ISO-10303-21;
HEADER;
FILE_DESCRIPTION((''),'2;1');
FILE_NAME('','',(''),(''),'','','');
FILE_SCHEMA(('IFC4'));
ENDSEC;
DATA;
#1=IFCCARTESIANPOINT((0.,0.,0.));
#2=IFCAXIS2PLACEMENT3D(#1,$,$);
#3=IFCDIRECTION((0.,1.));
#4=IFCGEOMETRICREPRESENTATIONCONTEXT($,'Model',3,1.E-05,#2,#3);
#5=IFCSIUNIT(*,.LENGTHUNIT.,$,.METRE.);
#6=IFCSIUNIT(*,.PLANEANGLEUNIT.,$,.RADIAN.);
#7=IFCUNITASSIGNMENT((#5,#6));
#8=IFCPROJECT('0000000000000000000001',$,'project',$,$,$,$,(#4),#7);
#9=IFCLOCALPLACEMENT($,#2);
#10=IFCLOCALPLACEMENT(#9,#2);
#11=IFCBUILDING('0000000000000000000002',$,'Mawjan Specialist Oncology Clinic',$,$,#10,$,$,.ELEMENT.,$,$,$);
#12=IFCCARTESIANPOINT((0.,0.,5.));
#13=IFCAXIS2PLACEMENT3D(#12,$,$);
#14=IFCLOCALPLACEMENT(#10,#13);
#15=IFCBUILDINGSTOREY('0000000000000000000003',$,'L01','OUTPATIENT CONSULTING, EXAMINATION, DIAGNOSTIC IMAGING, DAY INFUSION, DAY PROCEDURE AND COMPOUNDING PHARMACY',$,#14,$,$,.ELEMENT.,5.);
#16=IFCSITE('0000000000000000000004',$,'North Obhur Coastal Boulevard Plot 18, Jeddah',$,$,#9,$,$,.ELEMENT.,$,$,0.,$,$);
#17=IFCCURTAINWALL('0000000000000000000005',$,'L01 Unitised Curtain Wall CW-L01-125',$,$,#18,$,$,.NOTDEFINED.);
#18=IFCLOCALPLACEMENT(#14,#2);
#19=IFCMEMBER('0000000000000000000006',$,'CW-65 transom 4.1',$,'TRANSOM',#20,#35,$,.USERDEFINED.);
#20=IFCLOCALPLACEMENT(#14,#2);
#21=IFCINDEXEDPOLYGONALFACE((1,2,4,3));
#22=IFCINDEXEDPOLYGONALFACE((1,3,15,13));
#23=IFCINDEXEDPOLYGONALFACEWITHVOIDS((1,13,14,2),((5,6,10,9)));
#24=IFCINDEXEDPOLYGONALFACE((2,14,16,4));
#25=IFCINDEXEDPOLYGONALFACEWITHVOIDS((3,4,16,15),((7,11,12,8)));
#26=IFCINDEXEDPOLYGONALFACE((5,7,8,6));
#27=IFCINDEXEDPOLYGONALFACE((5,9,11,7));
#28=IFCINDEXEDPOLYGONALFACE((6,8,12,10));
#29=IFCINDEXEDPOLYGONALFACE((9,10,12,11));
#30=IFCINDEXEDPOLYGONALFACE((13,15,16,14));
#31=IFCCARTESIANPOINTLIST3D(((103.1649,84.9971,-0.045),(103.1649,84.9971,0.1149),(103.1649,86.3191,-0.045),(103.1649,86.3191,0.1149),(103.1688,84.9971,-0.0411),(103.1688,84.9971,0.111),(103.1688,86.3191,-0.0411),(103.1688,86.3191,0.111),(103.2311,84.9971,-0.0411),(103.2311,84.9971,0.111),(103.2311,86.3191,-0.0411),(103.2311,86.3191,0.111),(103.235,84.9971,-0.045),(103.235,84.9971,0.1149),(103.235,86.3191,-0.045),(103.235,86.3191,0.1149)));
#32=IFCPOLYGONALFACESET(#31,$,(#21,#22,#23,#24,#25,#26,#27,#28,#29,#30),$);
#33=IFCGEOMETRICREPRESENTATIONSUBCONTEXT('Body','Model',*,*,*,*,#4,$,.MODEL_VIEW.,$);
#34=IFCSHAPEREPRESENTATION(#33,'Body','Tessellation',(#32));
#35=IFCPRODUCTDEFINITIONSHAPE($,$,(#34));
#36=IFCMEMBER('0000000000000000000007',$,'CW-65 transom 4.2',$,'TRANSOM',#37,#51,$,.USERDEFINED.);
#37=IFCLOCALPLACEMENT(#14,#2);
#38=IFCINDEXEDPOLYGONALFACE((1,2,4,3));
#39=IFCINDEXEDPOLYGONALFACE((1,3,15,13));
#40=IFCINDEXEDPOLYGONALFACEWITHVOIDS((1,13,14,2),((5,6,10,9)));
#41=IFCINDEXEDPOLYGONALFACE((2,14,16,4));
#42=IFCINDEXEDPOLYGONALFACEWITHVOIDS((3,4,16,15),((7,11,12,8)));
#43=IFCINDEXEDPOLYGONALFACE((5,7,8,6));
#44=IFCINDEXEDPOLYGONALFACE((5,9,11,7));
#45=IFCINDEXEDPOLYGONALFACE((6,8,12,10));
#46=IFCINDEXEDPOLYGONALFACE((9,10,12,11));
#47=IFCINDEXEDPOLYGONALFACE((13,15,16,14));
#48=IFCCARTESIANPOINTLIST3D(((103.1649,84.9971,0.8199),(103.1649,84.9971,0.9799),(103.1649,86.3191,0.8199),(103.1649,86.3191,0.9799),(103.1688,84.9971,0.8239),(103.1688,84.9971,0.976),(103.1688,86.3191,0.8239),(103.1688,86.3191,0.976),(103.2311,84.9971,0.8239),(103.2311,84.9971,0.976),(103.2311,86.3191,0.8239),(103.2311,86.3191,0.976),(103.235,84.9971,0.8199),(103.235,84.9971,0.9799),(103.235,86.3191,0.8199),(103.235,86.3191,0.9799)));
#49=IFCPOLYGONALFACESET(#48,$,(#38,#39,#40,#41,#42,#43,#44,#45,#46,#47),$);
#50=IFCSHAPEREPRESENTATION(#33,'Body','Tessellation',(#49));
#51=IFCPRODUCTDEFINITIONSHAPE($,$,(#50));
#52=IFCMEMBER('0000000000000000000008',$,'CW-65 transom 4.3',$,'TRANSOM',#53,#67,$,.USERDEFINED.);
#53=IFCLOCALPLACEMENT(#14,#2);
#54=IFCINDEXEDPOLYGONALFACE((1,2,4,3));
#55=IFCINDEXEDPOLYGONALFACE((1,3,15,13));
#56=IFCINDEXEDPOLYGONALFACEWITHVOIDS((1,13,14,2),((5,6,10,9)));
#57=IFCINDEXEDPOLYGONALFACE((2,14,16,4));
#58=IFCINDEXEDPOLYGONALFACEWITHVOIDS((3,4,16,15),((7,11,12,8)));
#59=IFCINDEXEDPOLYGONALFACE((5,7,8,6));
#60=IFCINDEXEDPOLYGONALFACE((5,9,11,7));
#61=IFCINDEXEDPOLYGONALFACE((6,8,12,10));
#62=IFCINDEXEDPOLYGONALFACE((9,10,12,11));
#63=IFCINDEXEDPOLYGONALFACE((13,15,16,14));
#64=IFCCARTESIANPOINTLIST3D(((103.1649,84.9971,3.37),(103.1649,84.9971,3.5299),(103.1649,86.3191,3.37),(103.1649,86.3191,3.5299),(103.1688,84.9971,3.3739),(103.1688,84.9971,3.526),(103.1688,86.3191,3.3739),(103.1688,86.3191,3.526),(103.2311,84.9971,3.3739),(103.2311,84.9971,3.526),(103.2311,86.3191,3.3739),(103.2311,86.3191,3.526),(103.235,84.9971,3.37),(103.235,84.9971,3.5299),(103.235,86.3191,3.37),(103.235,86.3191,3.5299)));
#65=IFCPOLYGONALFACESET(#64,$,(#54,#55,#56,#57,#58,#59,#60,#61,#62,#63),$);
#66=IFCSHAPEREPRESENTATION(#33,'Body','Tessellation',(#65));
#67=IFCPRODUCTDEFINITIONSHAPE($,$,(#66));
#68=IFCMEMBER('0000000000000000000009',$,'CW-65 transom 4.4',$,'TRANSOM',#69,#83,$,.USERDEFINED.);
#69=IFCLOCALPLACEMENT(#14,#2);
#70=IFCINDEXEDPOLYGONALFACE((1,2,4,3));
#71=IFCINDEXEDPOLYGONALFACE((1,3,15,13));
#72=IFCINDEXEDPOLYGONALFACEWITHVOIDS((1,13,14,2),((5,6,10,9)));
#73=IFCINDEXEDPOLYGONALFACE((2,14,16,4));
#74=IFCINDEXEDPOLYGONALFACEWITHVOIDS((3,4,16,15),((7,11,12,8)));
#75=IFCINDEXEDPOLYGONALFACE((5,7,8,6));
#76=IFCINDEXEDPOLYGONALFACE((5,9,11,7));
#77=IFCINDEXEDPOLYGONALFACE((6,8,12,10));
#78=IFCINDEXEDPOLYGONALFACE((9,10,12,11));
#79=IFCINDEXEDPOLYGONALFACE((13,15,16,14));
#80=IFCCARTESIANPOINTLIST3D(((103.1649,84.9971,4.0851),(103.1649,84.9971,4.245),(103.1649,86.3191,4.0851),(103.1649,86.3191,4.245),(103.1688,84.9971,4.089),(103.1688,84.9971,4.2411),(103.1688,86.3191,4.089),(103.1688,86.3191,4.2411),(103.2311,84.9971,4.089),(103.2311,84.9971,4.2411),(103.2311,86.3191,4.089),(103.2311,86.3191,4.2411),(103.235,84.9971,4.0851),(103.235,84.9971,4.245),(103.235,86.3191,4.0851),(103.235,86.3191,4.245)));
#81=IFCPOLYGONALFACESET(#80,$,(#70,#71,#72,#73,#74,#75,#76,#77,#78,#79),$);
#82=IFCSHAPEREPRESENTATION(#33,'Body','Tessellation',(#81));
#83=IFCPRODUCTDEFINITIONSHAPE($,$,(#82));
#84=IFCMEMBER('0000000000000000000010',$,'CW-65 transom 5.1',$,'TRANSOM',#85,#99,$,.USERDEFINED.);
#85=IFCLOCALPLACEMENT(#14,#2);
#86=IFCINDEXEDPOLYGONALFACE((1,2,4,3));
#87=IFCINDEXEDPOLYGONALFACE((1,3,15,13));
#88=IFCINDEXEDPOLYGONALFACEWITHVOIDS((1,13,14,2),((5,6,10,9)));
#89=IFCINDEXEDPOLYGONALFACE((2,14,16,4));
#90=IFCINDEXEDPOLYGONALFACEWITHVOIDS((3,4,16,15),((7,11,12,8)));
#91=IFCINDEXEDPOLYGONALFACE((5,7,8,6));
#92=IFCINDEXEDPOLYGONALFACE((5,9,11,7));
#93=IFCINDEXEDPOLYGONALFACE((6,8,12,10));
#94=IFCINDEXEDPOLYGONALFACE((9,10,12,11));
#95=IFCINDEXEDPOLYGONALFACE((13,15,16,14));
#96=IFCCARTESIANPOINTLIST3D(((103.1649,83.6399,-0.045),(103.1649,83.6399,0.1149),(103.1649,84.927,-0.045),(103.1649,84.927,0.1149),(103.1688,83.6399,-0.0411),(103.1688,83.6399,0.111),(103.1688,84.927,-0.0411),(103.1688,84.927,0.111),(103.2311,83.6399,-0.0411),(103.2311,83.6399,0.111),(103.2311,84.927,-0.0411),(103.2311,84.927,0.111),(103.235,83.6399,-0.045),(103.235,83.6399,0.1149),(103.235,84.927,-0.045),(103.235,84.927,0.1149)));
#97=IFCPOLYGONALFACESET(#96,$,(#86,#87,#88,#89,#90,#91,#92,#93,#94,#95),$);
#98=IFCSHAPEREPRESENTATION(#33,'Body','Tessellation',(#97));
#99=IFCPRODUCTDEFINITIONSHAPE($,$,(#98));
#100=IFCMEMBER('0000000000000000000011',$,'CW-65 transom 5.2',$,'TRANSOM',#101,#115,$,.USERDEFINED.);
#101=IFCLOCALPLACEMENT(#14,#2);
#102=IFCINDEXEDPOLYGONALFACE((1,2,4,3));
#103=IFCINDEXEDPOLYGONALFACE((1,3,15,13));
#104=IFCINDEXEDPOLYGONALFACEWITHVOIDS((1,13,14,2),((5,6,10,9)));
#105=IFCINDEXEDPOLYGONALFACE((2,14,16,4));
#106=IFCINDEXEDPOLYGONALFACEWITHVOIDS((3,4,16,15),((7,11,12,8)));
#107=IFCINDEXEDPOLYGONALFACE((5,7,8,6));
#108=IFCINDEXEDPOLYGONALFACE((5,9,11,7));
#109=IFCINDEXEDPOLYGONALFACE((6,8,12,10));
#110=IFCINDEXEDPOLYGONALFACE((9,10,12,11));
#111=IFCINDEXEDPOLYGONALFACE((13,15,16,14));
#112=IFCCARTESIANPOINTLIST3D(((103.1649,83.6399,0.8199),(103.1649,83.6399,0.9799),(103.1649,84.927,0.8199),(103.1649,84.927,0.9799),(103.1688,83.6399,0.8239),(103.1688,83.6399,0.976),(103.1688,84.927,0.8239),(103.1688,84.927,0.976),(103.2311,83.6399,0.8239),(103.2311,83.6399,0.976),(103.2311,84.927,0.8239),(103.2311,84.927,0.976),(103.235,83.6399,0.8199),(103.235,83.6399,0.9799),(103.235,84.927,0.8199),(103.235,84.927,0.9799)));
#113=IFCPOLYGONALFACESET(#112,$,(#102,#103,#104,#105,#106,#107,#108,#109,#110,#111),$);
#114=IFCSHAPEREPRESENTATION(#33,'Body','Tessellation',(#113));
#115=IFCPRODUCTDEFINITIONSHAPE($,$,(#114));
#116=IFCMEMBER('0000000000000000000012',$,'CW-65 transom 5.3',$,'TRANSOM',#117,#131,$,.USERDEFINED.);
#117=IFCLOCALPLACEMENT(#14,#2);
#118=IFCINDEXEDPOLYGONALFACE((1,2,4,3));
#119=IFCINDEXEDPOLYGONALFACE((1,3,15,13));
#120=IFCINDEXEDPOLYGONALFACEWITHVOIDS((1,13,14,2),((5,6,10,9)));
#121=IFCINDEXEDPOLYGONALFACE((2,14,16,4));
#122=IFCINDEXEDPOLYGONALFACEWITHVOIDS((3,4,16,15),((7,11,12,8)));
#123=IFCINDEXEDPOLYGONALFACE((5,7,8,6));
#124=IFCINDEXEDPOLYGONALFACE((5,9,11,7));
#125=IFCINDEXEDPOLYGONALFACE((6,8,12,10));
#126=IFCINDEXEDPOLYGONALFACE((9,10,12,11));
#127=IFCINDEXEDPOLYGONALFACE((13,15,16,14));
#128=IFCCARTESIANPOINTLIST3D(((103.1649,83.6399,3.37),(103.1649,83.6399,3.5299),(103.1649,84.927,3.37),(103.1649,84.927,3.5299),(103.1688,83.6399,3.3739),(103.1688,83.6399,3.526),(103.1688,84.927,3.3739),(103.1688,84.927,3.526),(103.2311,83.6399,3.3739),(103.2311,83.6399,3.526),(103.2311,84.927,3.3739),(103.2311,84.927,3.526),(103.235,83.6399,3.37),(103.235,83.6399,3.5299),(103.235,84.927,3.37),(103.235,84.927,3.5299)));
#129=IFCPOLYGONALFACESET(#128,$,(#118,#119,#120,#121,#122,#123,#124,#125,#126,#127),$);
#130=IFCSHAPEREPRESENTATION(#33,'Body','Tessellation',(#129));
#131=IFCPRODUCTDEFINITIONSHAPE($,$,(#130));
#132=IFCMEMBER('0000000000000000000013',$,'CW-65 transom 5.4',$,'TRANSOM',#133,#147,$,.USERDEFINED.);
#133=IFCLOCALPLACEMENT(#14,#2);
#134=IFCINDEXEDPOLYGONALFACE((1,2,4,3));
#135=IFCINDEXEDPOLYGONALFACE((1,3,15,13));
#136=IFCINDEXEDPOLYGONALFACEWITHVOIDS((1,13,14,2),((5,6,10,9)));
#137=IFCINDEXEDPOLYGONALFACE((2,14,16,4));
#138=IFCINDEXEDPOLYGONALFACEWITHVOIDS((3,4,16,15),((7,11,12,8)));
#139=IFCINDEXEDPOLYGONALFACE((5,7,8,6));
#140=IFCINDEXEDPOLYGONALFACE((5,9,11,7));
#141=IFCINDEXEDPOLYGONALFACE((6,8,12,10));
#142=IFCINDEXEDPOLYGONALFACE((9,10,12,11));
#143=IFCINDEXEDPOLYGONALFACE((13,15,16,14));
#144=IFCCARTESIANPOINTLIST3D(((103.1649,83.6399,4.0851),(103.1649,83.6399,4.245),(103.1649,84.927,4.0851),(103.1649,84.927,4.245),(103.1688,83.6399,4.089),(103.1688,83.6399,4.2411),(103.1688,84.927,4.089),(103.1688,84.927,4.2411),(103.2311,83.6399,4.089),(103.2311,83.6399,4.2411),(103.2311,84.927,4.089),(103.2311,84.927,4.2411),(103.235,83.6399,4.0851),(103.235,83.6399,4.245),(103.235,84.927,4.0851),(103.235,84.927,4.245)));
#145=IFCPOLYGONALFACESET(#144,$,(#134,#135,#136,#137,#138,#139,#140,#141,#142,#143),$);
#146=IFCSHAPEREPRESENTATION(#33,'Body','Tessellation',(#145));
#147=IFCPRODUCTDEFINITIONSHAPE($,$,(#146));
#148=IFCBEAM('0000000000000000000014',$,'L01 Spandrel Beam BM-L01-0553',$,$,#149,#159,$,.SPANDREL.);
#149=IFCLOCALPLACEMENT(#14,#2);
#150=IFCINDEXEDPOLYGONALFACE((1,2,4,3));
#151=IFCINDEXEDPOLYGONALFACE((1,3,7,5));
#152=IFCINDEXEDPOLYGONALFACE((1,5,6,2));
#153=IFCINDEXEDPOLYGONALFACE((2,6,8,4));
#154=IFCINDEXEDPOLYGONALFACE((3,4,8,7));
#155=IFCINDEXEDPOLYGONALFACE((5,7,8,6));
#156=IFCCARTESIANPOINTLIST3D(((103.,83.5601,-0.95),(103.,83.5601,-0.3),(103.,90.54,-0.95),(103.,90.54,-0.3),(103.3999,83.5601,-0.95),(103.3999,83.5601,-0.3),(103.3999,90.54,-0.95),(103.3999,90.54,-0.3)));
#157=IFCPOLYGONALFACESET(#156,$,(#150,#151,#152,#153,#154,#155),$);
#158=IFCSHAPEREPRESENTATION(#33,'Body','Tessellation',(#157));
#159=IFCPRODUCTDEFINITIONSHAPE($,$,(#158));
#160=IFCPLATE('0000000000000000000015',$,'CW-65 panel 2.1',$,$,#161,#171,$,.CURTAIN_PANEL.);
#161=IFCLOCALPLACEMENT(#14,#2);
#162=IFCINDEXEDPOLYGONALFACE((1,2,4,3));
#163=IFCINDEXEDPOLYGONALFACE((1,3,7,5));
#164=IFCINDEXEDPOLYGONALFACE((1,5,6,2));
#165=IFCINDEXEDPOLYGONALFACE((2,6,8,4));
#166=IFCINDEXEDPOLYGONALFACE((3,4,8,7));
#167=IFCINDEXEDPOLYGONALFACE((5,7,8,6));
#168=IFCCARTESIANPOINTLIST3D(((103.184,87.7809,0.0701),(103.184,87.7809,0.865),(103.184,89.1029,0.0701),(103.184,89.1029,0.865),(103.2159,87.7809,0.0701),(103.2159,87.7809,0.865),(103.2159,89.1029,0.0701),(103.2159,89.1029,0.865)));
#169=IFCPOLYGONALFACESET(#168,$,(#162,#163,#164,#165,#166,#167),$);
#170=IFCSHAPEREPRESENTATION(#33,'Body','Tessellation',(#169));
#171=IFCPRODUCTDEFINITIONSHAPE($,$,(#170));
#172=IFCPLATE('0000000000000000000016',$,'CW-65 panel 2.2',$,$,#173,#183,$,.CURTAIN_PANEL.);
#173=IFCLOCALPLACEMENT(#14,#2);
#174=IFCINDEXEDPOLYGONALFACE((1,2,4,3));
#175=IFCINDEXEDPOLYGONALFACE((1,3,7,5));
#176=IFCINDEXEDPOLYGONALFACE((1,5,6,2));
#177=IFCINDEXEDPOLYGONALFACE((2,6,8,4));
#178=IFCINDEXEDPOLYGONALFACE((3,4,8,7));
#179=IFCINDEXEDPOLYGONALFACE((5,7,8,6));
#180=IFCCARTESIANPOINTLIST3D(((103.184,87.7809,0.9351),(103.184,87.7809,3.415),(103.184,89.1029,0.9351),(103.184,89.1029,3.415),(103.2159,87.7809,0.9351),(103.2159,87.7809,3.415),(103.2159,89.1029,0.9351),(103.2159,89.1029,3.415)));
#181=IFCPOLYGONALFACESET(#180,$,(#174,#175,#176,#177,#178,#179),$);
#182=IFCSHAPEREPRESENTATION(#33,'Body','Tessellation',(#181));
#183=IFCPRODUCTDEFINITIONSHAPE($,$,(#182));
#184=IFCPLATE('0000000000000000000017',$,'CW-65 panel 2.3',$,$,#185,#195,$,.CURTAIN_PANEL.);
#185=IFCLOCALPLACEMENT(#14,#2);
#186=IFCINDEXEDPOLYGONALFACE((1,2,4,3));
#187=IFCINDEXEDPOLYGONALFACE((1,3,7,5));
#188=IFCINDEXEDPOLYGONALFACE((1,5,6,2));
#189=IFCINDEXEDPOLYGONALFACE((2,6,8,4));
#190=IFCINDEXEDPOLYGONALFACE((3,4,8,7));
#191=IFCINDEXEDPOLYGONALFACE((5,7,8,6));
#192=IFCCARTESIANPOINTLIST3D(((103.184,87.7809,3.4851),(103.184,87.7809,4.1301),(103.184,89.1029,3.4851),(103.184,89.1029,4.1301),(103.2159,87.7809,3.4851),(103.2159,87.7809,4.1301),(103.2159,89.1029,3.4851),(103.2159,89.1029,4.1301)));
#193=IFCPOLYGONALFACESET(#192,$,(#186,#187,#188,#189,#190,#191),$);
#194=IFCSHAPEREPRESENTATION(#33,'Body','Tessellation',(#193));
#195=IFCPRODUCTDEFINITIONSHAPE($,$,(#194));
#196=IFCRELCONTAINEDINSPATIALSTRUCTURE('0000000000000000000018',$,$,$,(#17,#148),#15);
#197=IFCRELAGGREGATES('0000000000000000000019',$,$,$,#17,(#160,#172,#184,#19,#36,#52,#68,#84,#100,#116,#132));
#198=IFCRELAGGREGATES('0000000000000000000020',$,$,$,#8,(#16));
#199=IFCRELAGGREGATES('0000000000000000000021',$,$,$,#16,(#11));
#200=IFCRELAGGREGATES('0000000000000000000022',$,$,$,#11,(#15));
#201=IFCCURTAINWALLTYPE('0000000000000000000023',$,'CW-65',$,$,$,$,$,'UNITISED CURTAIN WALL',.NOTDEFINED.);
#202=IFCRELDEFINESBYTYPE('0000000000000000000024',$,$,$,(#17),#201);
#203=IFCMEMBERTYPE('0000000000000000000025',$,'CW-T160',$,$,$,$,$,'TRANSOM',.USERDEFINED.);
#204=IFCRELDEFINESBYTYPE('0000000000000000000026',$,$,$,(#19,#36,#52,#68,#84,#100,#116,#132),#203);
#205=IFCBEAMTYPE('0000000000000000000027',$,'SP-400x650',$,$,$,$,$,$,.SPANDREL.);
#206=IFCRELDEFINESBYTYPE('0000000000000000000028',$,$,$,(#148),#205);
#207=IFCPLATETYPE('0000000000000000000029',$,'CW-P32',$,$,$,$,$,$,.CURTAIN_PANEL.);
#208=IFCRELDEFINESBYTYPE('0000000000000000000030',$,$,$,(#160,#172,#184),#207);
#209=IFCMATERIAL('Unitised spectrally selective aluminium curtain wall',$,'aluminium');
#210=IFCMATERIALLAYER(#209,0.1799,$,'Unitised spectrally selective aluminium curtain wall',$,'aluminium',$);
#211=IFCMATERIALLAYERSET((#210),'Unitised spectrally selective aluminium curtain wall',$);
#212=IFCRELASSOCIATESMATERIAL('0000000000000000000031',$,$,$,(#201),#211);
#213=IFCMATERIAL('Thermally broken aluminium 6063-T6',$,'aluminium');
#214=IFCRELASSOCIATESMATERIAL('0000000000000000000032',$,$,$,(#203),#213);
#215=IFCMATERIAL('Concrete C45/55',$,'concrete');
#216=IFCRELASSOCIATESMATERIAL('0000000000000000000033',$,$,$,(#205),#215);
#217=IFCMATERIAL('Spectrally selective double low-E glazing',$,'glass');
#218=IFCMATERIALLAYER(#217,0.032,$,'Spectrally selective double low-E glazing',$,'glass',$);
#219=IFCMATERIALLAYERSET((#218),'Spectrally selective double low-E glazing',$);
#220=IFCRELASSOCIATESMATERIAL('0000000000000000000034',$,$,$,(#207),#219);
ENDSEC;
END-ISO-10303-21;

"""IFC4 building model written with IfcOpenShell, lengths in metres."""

from ifc_helpers import new_model, si_unit, direction, frame, origin, origin_2d, place, context, subcontext, project, spatial, rectangle, hollow_rectangle, extrude, material, layer, layer_set, material_profile, profile_set, type_object, element, aggregate, save


model = new_model("IFC4")

# Units and contexts
model_context = context("Model", 3, precision=1e-05, world=origin(), true_north=direction((0.0, 1.0)))
body_context = subcontext(model_context, "Body", "Model", "MODEL_VIEW")
ifc_project = project(units=[si_unit("LENGTHUNIT", "METRE"), si_unit("PLANEANGLEUNIT", "RADIAN")], contexts=[model_context])

# Site, building, storey
site_placement = place(None, origin())
site = spatial("IfcSite", under=ifc_project, at=site_placement, Name="North Obhur Coastal Boulevard Plot 18, Jeddah", CompositionType="ELEMENT", RefElevation=0.0)
building_placement = place(site_placement, origin())
building = spatial("IfcBuilding", under=site, at=building_placement, Name="Mawjan Specialist Oncology Clinic", CompositionType="ELEMENT")
storey_placement = place(building_placement, frame((0.0, 0.0, 5.0)))
storey = spatial("IfcBuildingStorey", under=building, at=storey_placement, Name="L01", Description="OUTPATIENT CONSULTING, EXAMINATION, DIAGNOSTIC IMAGING, DAY INFUSION, DAY PROCEDURE AND COMPOUNDING PHARMACY", CompositionType="ELEMENT", Elevation=5.0)

# Curtain wall, members
ifc_material_1 = material(Name="Unitised spectrally selective aluminium curtain wall", Category="aluminium")
ifc_layer_1 = layer(ifc_material_1, 0.1799, Name="Unitised spectrally selective aluminium curtain wall", Category="aluminium")
ifc_layer_set_1 = layer_set([ifc_layer_1], Name="Unitised spectrally selective aluminium curtain wall")
curtain_wall_type_1 = type_object("IfcCurtainWallType", Name="CW-65", ElementType="UNITISED CURTAIN WALL", PredefinedType="NOTDEFINED", material=ifc_layer_set_1)
curtain_wall_1_placement = place(storey_placement, origin())
curtain_wall_1 = element("IfcCurtainWall", 1, at=curtain_wall_1_placement, inside=storey, type_object=curtain_wall_type_1, Name="L01 Unitised Curtain Wall CW-L01-125", PredefinedType="NOTDEFINED")
ifc_material_2 = material(Name="Thermally broken aluminium 6063-T6", Category="aluminium")
ifc_material_profile_1 = material_profile(ifc_material_2, hollow_rectangle(XDim=0.0701, YDim=0.1599, WallThickness=0.0039, at=origin_2d()), Name="ALU TRANSOM 160x70x4", Category="aluminium")
ifc_profile_set_1 = profile_set([ifc_material_profile_1], Name="Thermally broken aluminium 6063-T6")
member_type_1 = type_object("IfcMemberType", Name="CW-T160", ElementType="TRANSOM", PredefinedType="USERDEFINED", material=ifc_profile_set_1)
member_1_placement = place(storey_placement, frame((103.2, 86.3191, 0.0349), z_axis=(0.0, -1.0, 0.0), x_axis=(1.0, 0.0, 0.0)))
member_1 = element("IfcMember", 2, at=member_1_placement, type_object=member_type_1, Name="CW-65 transom 4.1", ObjectType="TRANSOM", PredefinedType="USERDEFINED", context=body_context, shape_type="SweptSolid", body=[
    extrude(hollow_rectangle(XDim=0.0701, YDim=0.1599, WallThickness=0.0039, at=origin_2d()), origin(), (0.0, 0.0, 1.0), 1.322),
])
member_2_placement = place(storey_placement, frame((103.2, 86.3191, 0.8999), z_axis=(0.0, -1.0, 0.0), x_axis=(1.0, 0.0, 0.0)))
member_2 = element("IfcMember", 3, at=member_2_placement, type_object=member_type_1, Name="CW-65 transom 4.2", ObjectType="TRANSOM", PredefinedType="USERDEFINED", context=body_context, shape_type="SweptSolid", body=[
    extrude(hollow_rectangle(XDim=0.0701, YDim=0.1599, WallThickness=0.0039, at=origin_2d()), origin(), (0.0, 0.0, 1.0), 1.322),
])
member_3_placement = place(storey_placement, frame((103.2, 86.3191, 3.45), z_axis=(0.0, -1.0, 0.0), x_axis=(1.0, 0.0, 0.0)))
member_3 = element("IfcMember", 4, at=member_3_placement, type_object=member_type_1, Name="CW-65 transom 4.3", ObjectType="TRANSOM", PredefinedType="USERDEFINED", context=body_context, shape_type="SweptSolid", body=[
    extrude(hollow_rectangle(XDim=0.0701, YDim=0.1599, WallThickness=0.0039, at=origin_2d()), origin(), (0.0, 0.0, 1.0), 1.322),
])
member_4_placement = place(storey_placement, frame((103.2, 86.3191, 4.165), z_axis=(0.0, -1.0, 0.0), x_axis=(1.0, 0.0, 0.0)))
member_4 = element("IfcMember", 5, at=member_4_placement, type_object=member_type_1, Name="CW-65 transom 4.4", ObjectType="TRANSOM", PredefinedType="USERDEFINED", context=body_context, shape_type="SweptSolid", body=[
    extrude(hollow_rectangle(XDim=0.0701, YDim=0.1599, WallThickness=0.0039, at=origin_2d()), origin(), (0.0, 0.0, 1.0), 1.322),
])
member_5_placement = place(storey_placement, frame((103.2, 84.927, 0.0349), z_axis=(0.0, -1.0, 0.0), x_axis=(1.0, 0.0, 0.0)))
member_5 = element("IfcMember", 6, at=member_5_placement, type_object=member_type_1, Name="CW-65 transom 5.1", ObjectType="TRANSOM", PredefinedType="USERDEFINED", context=body_context, shape_type="SweptSolid", body=[
    extrude(hollow_rectangle(XDim=0.0701, YDim=0.1599, WallThickness=0.0039, at=origin_2d()), origin(), (0.0, 0.0, 1.0), 1.2871),
])
member_6_placement = place(storey_placement, frame((103.2, 84.927, 0.8999), z_axis=(0.0, -1.0, 0.0), x_axis=(1.0, 0.0, 0.0)))
member_6 = element("IfcMember", 7, at=member_6_placement, type_object=member_type_1, Name="CW-65 transom 5.2", ObjectType="TRANSOM", PredefinedType="USERDEFINED", context=body_context, shape_type="SweptSolid", body=[
    extrude(hollow_rectangle(XDim=0.0701, YDim=0.1599, WallThickness=0.0039, at=origin_2d()), origin(), (0.0, 0.0, 1.0), 1.2871),
])
member_7_placement = place(storey_placement, frame((103.2, 84.927, 3.45), z_axis=(0.0, -1.0, 0.0), x_axis=(1.0, 0.0, 0.0)))
member_7 = element("IfcMember", 8, at=member_7_placement, type_object=member_type_1, Name="CW-65 transom 5.3", ObjectType="TRANSOM", PredefinedType="USERDEFINED", context=body_context, shape_type="SweptSolid", body=[
    extrude(hollow_rectangle(XDim=0.0701, YDim=0.1599, WallThickness=0.0039, at=origin_2d()), origin(), (0.0, 0.0, 1.0), 1.2871),
])
member_8_placement = place(storey_placement, frame((103.2, 84.927, 4.165), z_axis=(0.0, -1.0, 0.0), x_axis=(1.0, 0.0, 0.0)))
member_8 = element("IfcMember", 9, at=member_8_placement, type_object=member_type_1, Name="CW-65 transom 5.4", ObjectType="TRANSOM", PredefinedType="USERDEFINED", context=body_context, shape_type="SweptSolid", body=[
    extrude(hollow_rectangle(XDim=0.0701, YDim=0.1599, WallThickness=0.0039, at=origin_2d()), origin(), (0.0, 0.0, 1.0), 1.2871),
])

# Beam
ifc_material_3 = material(Name="Concrete C45/55", Category="concrete")
ifc_material_profile_2 = material_profile(ifc_material_3, rectangle(XDim=0.3999, YDim=0.6499, at=origin_2d()), Name="RC BM 400x650", Category="concrete")
ifc_profile_set_2 = profile_set([ifc_material_profile_2], Name="Concrete C45/55")
beam_type = type_object("IfcBeamType", Name="SP-400x650", PredefinedType="SPANDREL", material=ifc_profile_set_2)
beam_placement = place(storey_placement, frame((103.2, 83.5601, -0.625), z_axis=(0.0, 1.0, 0.0), x_axis=(-1.0, 0.0, 0.0)))
element("IfcBeam", 10, at=beam_placement, inside=storey, type_object=beam_type, Name="L01 Spandrel Beam BM-L01-0553", PredefinedType="SPANDREL", context=body_context, shape_type="SweptSolid", body=[
    extrude(rectangle(XDim=0.3999, YDim=0.6499, at=origin_2d()), origin(), (0.0, 0.0, 1.0), 6.98),
])

# Plates
ifc_material_4 = material(Name="Spectrally selective double low-E glazing", Category="glass")
ifc_layer_2 = layer(ifc_material_4, 0.032, Name="Spectrally selective double low-E glazing", Category="glass")
ifc_layer_set_2 = layer_set([ifc_layer_2], Name="Spectrally selective double low-E glazing")
plate_type = type_object("IfcPlateType", Name="CW-P32", PredefinedType="CURTAIN_PANEL", material=ifc_layer_set_2)
plate_1_placement = place(storey_placement, frame((103.2, 88.4419, 0.0701), z_axis=(0.0, 0.0, 1.0), x_axis=(0.0, -1.0, 0.0)))
plate_1 = element("IfcPlate", 11, at=plate_1_placement, type_object=plate_type, Name="CW-65 panel 2.1", PredefinedType="CURTAIN_PANEL", context=body_context, shape_type="SweptSolid", body=[
    extrude(rectangle(XDim=1.322, YDim=0.032, at=origin_2d()), origin(), (0.0, 0.0, 1.0), 0.7949),
])
plate_2_placement = place(storey_placement, frame((103.2, 88.4419, 0.9351), z_axis=(0.0, 0.0, 1.0), x_axis=(0.0, -1.0, 0.0)))
plate_2 = element("IfcPlate", 12, at=plate_2_placement, type_object=plate_type, Name="CW-65 panel 2.2", PredefinedType="CURTAIN_PANEL", context=body_context, shape_type="SweptSolid", body=[
    extrude(rectangle(XDim=1.322, YDim=0.032, at=origin_2d()), origin(), (0.0, 0.0, 1.0), 2.48),
])
plate_3_placement = place(storey_placement, frame((103.2, 88.4419, 3.4851), z_axis=(0.0, 0.0, 1.0), x_axis=(0.0, -1.0, 0.0)))
plate_3 = element("IfcPlate", 13, at=plate_3_placement, type_object=plate_type, Name="CW-65 panel 2.3", PredefinedType="CURTAIN_PANEL", context=body_context, shape_type="SweptSolid", body=[
    extrude(rectangle(XDim=1.322, YDim=0.032, at=origin_2d()), origin(), (0.0, 0.0, 1.0), 0.645),
])
aggregate(curtain_wall_1, [plate_1, plate_2, plate_3, member_1, member_2, member_3, member_4, member_5, member_6, member_7, member_8])

save(model, "model.ifc")
